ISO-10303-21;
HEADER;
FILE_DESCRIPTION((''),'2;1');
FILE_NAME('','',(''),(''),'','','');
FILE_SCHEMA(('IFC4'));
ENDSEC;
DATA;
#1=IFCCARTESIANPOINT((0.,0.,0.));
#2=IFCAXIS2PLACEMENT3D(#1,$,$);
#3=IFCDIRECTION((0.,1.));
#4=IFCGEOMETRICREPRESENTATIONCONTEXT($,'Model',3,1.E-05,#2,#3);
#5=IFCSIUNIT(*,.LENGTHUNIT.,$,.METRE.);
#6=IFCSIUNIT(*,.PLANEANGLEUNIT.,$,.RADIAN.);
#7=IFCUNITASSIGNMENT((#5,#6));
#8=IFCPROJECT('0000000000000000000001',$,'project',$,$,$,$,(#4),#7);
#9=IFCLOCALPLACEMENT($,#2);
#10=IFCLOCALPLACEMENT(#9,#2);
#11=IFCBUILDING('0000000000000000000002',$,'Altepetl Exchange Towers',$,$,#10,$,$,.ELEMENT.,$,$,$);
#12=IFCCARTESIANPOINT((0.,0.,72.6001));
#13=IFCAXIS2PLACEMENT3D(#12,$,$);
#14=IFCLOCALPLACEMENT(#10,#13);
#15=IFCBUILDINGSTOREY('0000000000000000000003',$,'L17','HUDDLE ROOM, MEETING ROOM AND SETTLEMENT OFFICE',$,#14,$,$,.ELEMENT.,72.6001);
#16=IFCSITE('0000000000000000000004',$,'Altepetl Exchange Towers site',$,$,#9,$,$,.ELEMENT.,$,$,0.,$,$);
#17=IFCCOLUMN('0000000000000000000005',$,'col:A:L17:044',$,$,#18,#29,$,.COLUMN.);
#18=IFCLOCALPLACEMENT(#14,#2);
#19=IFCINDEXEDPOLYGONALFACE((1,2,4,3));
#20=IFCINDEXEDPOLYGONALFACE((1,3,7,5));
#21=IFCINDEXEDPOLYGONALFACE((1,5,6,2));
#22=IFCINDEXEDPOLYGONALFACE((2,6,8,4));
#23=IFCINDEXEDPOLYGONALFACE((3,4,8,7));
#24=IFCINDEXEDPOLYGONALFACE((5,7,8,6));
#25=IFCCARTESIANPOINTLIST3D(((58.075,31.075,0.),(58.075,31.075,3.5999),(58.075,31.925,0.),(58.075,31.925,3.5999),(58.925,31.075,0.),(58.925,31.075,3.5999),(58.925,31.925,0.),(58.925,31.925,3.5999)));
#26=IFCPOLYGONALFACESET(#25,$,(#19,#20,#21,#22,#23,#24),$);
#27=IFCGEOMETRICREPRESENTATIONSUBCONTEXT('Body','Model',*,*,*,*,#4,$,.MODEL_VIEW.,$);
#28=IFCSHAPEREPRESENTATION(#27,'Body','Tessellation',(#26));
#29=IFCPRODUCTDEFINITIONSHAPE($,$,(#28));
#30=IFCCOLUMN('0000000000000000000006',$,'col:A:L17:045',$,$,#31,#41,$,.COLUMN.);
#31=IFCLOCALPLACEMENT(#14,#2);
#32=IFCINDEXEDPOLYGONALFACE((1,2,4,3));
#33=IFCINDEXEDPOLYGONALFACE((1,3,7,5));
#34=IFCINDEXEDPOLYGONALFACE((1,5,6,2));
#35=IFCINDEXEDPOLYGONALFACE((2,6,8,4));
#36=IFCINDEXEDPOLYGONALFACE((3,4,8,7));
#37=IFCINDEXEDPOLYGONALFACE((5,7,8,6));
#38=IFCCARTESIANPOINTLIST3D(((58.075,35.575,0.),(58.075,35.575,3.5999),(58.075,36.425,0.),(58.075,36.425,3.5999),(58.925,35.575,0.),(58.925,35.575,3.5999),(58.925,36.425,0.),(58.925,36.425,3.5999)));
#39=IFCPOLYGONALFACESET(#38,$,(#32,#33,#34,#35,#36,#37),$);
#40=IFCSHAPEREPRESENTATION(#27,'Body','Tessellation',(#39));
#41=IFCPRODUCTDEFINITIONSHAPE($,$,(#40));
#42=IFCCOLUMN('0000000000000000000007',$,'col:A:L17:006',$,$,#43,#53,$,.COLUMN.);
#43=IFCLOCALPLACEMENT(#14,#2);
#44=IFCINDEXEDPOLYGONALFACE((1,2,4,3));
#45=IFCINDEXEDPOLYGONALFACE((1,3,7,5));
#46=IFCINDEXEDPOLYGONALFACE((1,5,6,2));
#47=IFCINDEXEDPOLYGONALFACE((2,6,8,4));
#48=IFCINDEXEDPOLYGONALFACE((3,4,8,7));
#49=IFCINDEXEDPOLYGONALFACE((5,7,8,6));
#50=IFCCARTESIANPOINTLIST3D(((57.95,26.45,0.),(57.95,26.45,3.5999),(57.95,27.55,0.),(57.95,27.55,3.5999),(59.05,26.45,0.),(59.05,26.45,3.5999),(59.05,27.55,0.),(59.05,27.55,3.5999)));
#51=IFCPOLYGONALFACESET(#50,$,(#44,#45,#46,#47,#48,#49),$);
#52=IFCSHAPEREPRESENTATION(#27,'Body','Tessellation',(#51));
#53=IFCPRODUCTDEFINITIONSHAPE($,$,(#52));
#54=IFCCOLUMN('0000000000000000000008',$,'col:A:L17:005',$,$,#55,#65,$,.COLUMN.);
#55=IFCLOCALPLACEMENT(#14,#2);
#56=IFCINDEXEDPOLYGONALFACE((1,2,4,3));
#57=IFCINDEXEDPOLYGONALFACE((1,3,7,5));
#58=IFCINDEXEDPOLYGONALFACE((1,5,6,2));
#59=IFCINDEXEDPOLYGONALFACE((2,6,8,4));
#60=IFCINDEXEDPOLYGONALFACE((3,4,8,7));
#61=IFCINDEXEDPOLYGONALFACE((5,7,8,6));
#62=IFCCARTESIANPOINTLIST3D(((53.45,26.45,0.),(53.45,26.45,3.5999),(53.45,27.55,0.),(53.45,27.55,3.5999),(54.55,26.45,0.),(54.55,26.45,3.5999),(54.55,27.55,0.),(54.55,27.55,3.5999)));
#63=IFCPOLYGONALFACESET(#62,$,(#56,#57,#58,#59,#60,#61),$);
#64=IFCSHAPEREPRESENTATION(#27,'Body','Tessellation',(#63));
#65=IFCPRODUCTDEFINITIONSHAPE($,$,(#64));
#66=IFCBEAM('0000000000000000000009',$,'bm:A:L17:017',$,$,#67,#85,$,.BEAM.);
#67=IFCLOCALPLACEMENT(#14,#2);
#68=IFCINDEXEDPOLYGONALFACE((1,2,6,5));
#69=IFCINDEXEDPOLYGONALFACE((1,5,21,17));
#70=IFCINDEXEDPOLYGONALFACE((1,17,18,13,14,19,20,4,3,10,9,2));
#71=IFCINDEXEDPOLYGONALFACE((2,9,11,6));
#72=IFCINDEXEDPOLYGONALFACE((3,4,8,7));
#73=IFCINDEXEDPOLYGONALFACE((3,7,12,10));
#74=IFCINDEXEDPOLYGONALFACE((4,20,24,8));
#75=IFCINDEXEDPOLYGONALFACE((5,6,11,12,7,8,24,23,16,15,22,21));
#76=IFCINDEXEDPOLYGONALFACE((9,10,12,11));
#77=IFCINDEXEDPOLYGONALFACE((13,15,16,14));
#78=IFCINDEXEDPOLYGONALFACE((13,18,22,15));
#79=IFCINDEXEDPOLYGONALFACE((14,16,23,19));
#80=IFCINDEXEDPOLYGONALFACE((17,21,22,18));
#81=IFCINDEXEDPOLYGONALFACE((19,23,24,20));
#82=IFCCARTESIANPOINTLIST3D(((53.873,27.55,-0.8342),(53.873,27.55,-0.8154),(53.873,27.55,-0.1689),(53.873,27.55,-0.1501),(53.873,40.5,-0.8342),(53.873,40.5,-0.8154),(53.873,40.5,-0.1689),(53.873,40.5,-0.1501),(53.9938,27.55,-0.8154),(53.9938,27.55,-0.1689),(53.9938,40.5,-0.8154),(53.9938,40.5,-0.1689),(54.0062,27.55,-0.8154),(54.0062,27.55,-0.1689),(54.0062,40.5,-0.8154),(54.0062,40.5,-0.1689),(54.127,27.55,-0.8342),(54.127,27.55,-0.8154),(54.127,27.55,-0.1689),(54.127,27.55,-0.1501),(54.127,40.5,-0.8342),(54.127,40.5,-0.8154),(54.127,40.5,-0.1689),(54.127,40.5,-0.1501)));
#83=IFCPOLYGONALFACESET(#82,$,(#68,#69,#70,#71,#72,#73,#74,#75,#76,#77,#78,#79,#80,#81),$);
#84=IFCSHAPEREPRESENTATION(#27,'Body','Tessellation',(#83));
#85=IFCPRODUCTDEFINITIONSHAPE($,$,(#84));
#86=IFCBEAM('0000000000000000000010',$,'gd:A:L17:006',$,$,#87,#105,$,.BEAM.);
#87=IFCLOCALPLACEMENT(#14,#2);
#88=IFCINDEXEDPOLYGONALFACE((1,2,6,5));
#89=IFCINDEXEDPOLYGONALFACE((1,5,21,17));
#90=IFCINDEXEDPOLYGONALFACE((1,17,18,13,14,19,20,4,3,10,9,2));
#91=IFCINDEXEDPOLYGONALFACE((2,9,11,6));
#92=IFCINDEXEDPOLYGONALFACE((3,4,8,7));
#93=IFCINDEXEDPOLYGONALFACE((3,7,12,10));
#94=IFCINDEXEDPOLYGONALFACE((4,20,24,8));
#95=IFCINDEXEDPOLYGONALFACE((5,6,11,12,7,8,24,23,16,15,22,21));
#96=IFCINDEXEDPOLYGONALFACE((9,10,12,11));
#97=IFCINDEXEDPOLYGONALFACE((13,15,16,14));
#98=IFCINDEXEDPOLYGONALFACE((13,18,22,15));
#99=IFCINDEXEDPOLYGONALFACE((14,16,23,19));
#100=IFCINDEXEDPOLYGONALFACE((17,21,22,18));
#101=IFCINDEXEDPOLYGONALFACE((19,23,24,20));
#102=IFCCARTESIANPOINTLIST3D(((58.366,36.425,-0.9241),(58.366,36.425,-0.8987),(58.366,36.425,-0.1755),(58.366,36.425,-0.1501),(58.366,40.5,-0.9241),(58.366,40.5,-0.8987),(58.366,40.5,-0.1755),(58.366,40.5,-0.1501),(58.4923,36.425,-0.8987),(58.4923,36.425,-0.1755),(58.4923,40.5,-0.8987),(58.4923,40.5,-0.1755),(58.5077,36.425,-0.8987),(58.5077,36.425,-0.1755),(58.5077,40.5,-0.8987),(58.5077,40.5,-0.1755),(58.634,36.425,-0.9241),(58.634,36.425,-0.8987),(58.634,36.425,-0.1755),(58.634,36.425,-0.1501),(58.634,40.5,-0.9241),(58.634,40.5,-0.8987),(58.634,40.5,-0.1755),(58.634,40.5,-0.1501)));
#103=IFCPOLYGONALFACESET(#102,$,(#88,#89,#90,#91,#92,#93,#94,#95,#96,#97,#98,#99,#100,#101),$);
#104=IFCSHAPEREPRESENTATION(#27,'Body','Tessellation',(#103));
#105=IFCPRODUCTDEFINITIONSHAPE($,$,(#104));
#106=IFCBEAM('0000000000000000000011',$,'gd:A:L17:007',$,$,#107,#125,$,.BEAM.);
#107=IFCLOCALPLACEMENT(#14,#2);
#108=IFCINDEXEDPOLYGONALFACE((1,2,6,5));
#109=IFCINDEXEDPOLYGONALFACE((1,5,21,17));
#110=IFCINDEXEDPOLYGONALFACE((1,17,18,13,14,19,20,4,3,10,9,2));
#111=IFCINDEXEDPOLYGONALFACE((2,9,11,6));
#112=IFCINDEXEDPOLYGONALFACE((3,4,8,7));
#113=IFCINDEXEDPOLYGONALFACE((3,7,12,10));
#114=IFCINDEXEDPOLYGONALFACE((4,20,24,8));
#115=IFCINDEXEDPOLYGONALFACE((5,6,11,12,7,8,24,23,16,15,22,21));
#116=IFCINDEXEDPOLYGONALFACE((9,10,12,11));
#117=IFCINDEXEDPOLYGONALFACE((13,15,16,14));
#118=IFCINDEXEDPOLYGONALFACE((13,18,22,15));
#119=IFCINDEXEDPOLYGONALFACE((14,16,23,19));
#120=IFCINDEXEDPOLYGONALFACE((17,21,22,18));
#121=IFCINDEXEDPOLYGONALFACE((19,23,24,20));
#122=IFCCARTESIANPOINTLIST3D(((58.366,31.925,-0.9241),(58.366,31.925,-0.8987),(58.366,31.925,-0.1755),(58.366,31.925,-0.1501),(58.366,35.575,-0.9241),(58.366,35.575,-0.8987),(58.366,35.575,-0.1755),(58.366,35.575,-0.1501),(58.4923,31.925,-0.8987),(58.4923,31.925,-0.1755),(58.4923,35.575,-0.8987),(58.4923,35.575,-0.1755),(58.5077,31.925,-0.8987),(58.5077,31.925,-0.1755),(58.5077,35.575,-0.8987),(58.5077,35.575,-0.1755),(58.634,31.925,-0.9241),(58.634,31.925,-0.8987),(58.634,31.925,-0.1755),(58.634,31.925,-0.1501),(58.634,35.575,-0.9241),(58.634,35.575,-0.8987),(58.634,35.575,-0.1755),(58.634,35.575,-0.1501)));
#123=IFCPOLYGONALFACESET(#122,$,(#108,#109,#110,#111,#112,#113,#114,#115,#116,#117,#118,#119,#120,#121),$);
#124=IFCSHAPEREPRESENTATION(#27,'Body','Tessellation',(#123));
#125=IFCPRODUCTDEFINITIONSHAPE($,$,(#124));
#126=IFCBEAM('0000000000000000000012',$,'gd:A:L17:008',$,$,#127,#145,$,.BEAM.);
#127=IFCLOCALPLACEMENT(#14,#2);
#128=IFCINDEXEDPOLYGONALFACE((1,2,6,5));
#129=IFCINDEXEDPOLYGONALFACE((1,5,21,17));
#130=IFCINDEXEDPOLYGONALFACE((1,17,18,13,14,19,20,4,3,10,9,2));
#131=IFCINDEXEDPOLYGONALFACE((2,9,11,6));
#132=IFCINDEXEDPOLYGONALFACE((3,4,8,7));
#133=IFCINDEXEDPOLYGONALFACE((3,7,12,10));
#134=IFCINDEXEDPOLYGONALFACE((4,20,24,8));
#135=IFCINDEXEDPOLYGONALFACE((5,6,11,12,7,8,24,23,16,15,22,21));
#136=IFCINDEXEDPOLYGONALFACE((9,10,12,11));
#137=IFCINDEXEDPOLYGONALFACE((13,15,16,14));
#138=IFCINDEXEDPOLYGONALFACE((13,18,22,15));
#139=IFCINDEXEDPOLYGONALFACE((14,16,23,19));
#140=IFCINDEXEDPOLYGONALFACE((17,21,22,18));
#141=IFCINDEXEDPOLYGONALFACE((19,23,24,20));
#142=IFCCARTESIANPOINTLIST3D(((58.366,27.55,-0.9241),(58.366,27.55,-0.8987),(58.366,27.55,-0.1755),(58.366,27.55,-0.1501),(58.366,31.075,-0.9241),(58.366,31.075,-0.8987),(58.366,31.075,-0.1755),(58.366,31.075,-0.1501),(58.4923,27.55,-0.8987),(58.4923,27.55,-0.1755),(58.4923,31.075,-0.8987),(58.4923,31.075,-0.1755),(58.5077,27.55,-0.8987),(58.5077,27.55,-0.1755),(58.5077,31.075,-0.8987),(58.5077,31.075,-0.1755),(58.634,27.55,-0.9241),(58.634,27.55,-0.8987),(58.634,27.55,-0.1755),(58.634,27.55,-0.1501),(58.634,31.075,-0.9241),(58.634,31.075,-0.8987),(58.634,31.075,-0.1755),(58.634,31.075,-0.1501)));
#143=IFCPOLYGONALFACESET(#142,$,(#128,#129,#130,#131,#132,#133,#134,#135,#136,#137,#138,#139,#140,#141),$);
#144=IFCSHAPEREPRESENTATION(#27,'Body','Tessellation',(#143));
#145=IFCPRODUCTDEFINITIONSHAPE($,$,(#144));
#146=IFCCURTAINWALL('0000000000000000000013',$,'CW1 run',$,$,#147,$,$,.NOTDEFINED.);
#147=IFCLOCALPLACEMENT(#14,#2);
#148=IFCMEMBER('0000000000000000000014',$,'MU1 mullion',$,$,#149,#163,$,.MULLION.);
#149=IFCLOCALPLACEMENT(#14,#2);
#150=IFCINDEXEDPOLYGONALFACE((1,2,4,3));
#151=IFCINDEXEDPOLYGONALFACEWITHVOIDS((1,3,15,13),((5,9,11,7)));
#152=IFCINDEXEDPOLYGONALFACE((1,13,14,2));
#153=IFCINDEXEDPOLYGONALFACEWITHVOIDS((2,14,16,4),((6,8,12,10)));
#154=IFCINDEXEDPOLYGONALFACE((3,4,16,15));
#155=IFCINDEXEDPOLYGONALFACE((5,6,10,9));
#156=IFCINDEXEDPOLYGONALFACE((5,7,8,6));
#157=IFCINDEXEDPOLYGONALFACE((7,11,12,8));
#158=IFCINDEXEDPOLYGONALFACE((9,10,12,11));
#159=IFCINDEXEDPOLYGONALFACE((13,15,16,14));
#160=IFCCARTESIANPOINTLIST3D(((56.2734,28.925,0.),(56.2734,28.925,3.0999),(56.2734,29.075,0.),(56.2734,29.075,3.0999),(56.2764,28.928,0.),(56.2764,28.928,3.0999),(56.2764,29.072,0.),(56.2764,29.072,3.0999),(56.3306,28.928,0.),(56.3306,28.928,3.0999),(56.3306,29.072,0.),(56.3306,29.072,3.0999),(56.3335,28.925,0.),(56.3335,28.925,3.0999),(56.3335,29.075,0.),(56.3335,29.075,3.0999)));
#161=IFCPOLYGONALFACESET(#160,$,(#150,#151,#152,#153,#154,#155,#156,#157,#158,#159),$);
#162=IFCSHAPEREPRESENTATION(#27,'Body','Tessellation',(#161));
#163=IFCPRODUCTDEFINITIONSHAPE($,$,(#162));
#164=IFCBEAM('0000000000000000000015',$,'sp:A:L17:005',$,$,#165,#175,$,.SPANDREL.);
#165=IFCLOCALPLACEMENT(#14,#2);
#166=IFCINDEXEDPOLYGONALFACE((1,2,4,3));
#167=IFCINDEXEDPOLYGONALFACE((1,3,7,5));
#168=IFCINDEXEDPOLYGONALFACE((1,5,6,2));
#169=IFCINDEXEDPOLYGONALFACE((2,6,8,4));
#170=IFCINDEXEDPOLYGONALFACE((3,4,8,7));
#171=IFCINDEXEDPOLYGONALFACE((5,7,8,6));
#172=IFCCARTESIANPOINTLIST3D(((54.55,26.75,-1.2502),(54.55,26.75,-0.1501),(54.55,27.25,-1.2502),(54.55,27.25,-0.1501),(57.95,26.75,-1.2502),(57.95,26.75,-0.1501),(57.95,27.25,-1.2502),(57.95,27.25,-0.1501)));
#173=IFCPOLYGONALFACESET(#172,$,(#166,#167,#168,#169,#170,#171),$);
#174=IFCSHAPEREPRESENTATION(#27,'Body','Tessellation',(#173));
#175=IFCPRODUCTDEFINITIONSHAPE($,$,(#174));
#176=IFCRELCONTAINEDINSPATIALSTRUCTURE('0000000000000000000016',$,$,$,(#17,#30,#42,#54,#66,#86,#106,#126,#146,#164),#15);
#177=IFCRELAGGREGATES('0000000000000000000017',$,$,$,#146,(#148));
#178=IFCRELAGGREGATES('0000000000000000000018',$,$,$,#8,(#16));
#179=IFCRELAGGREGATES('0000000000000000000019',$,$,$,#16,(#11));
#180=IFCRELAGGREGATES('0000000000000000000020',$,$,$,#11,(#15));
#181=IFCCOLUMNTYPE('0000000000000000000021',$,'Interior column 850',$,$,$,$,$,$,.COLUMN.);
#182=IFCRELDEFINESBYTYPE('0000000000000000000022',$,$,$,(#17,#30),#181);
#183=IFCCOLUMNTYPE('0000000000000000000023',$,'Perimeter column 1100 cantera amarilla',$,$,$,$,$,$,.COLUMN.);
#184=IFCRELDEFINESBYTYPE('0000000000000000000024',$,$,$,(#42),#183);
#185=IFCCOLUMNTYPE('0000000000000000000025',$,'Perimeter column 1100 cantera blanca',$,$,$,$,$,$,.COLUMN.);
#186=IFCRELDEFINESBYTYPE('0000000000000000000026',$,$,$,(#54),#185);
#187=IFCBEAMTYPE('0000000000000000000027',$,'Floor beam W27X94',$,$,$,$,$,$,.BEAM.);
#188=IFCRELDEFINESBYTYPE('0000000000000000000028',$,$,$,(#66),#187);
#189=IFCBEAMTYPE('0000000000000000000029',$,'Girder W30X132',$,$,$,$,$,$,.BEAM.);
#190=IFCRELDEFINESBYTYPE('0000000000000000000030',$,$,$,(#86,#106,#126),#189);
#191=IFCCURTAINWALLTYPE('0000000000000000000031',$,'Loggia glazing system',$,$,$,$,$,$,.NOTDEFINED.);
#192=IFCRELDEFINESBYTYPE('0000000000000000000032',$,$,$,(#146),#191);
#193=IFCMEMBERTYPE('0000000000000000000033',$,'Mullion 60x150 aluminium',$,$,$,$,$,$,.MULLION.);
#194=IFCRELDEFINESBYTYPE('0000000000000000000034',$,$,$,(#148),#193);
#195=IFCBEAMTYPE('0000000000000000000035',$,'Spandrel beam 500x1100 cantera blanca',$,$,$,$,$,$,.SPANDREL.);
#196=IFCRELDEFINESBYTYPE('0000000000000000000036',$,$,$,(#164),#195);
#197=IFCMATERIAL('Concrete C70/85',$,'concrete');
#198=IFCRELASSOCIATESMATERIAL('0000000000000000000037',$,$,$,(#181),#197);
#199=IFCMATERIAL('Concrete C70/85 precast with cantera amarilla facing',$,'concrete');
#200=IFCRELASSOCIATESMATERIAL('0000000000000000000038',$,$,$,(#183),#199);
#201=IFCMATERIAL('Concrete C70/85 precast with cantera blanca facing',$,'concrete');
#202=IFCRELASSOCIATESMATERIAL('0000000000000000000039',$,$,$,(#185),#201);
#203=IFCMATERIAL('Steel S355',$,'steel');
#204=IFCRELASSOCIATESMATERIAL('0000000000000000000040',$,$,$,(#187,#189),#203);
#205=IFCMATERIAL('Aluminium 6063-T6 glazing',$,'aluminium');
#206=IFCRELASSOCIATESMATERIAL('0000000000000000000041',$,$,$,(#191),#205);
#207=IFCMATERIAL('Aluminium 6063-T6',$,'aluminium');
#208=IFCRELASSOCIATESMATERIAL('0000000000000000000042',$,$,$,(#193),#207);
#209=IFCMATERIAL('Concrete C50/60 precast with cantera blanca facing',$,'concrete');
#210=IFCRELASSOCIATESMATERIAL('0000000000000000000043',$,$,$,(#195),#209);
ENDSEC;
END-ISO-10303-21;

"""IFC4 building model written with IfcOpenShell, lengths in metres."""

from ifc_helpers import new_model, si_unit, direction, frame, origin, origin_2d, place, context, subcontext, project, spatial, rectangle, hollow_rectangle, i_section, extrude, material, material_profile, profile_set, type_object, element, aggregate, save


model = new_model("IFC4")

# Units and contexts
model_context = context("Model", 3, precision=1e-05, world=origin(), true_north=direction((0.0, 1.0)))
body_context = subcontext(model_context, "Body", "Model", "MODEL_VIEW")
ifc_project = project(units=[si_unit("LENGTHUNIT", "METRE"), si_unit("PLANEANGLEUNIT", "RADIAN")], contexts=[model_context])

# Site, building, storey
site_placement = place(None, origin())
site = spatial("IfcSite", under=ifc_project, at=site_placement, Name="Altepetl Exchange Towers site", CompositionType="ELEMENT", RefElevation=0.0)
building_placement = place(site_placement, origin())
building = spatial("IfcBuilding", under=site, at=building_placement, Name="Altepetl Exchange Towers", CompositionType="ELEMENT")
storey_placement = place(building_placement, frame((0.0, 0.0, 72.6001)))
storey = spatial("IfcBuildingStorey", under=building, at=storey_placement, Name="L17", Description="HUDDLE ROOM, MEETING ROOM AND SETTLEMENT OFFICE", CompositionType="ELEMENT", Elevation=72.6001)

# Columns
ifc_material_1 = material(Name="Concrete C70/85", Category="concrete")
ifc_material_profile_1 = material_profile(ifc_material_1, rectangle(XDim=0.8501, YDim=0.8501, at=origin_2d()), Name="850 x 850")
ifc_profile_set_1 = profile_set([ifc_material_profile_1], Name="Concrete C70/85")
column_type_1 = type_object("IfcColumnType", Name="Interior column 850", PredefinedType="COLUMN", material=ifc_profile_set_1)
for number, where, name in (
    (1, (58.5, 31.5, 0.0), "col:A:L17:044"),
    (2, (58.5, 36.0, 0.0), "col:A:L17:045"),
):
    element("IfcColumn", number, at=place(storey_placement, frame(where)), inside=storey, type_object=column_type_1, Name=name, PredefinedType="COLUMN", context=body_context, shape_type="SweptSolid", body=[
        extrude(rectangle(XDim=0.8501, YDim=0.8501, at=origin_2d()), origin(), (0.0, 0.0, 1.0), 3.5999),
    ])
ifc_material_2 = material(Name="Concrete C70/85 precast with cantera amarilla facing", Category="concrete")
ifc_material_profile_2 = material_profile(ifc_material_2, rectangle(XDim=1.1001, YDim=1.1001, at=origin_2d()), Name="1100 x 1100")
ifc_profile_set_2 = profile_set([ifc_material_profile_2], Name="Concrete C70/85 precast with cantera amarilla facing")
column_type_2 = type_object("IfcColumnType", Name="Perimeter column 1100 cantera amarilla", PredefinedType="COLUMN", material=ifc_profile_set_2)
column_1_placement = place(storey_placement, frame((58.5, 27.0, 0.0)))
element("IfcColumn", 3, at=column_1_placement, inside=storey, type_object=column_type_2, Name="col:A:L17:006", PredefinedType="COLUMN", context=body_context, shape_type="SweptSolid", body=[
    extrude(rectangle(XDim=1.1001, YDim=1.1001, at=origin_2d()), origin(), (0.0, 0.0, 1.0), 3.5999),
])
ifc_material_3 = material(Name="Concrete C70/85 precast with cantera blanca facing", Category="concrete")
ifc_material_profile_3 = material_profile(ifc_material_3, rectangle(XDim=1.1001, YDim=1.1001, at=origin_2d()), Name="1100 x 1100")
ifc_profile_set_3 = profile_set([ifc_material_profile_3], Name="Concrete C70/85 precast with cantera blanca facing")
column_type_3 = type_object("IfcColumnType", Name="Perimeter column 1100 cantera blanca", PredefinedType="COLUMN", material=ifc_profile_set_3)
column_2_placement = place(storey_placement, frame((54.0, 27.0, 0.0)))
element("IfcColumn", 4, at=column_2_placement, inside=storey, type_object=column_type_3, Name="col:A:L17:005", PredefinedType="COLUMN", context=body_context, shape_type="SweptSolid", body=[
    extrude(rectangle(XDim=1.1001, YDim=1.1001, at=origin_2d()), origin(), (0.0, 0.0, 1.0), 3.5999),
])

# Beams
ifc_material_4 = material(Name="Steel S355", Category="steel")
ifc_material_profile_4 = material_profile(ifc_material_4, i_section(OverallWidth=0.2539, OverallDepth=0.6841, WebThickness=0.0125, FlangeThickness=0.0188, at=origin_2d()), Name="W27X94")
ifc_profile_set_4 = profile_set([ifc_material_profile_4], Name="Steel S355")
beam_type_1 = type_object("IfcBeamType", Name="Floor beam W27X94", PredefinedType="BEAM", material=ifc_profile_set_4)
beam_1_placement = place(storey_placement, frame((54.0, 27.55, -0.4922), z_axis=(0.0, 1.0, 0.0), x_axis=(-1.0, 0.0, 0.0)))
element("IfcBeam", 5, at=beam_1_placement, inside=storey, type_object=beam_type_1, Name="bm:A:L17:017", PredefinedType="BEAM", context=body_context, shape_type="SweptSolid", body=[
    extrude(i_section(OverallWidth=0.2539, OverallDepth=0.6841, WebThickness=0.0125, FlangeThickness=0.0188, at=origin_2d()), origin(), (0.0, 0.0, 1.0), 12.95),
])
ifc_material_profile_5 = material_profile(ifc_material_4, i_section(OverallWidth=0.2681, OverallDepth=0.7739, WebThickness=0.0154, FlangeThickness=0.0254, at=origin_2d()), Name="W30X132")
ifc_profile_set_5 = profile_set([ifc_material_profile_5], Name="Steel S355")
beam_type_2 = type_object("IfcBeamType", Name="Girder W30X132", PredefinedType="BEAM", material=ifc_profile_set_5)
beam_2_placement = place(storey_placement, frame((58.5, 40.5, -0.5371), z_axis=(0.0, -1.0, 0.0), x_axis=(1.0, 0.0, 0.0)))
element("IfcBeam", 6, at=beam_2_placement, inside=storey, type_object=beam_type_2, Name="gd:A:L17:006", PredefinedType="BEAM", context=body_context, shape_type="SweptSolid", body=[
    extrude(i_section(OverallWidth=0.2681, OverallDepth=0.7739, WebThickness=0.0154, FlangeThickness=0.0254, at=origin_2d()), origin(), (0.0, 0.0, 1.0), 4.075),
])
beam_3_placement = place(storey_placement, frame((58.5, 35.575, -0.5371), z_axis=(0.0, -1.0, 0.0), x_axis=(1.0, 0.0, 0.0)))
element("IfcBeam", 7, at=beam_3_placement, inside=storey, type_object=beam_type_2, Name="gd:A:L17:007", PredefinedType="BEAM", context=body_context, shape_type="SweptSolid", body=[
    extrude(i_section(OverallWidth=0.2681, OverallDepth=0.7739, WebThickness=0.0154, FlangeThickness=0.0254, at=origin_2d()), origin(), (0.0, 0.0, 1.0), 3.6499),
])
beam_4_placement = place(storey_placement, frame((58.5, 31.075, -0.5371), z_axis=(0.0, -1.0, 0.0), x_axis=(1.0, 0.0, 0.0)))
element("IfcBeam", 8, at=beam_4_placement, inside=storey, type_object=beam_type_2, Name="gd:A:L17:008", PredefinedType="BEAM", context=body_context, shape_type="SweptSolid", body=[
    extrude(i_section(OverallWidth=0.2681, OverallDepth=0.7739, WebThickness=0.0154, FlangeThickness=0.0254, at=origin_2d()), origin(), (0.0, 0.0, 1.0), 3.5249),
])

# Curtain wall, member
ifc_material_5 = material(Name="Aluminium 6063-T6 glazing", Category="aluminium")
curtain_wall_type = type_object("IfcCurtainWallType", Name="Loggia glazing system", PredefinedType="NOTDEFINED", material=ifc_material_5)
curtain_wall_placement = place(storey_placement, origin())
curtain_wall = element("IfcCurtainWall", 9, at=curtain_wall_placement, inside=storey, type_object=curtain_wall_type, Name="CW1 run", PredefinedType="NOTDEFINED")
ifc_material_6 = material(Name="Aluminium 6063-T6", Category="aluminium")
ifc_material_profile_6 = material_profile(ifc_material_6, hollow_rectangle(XDim=0.0601, YDim=0.1499, WallThickness=0.0029, at=origin_2d()), Name="Mullion 60x150 aluminium")
ifc_profile_set_6 = profile_set([ifc_material_profile_6], Name="Aluminium 6063-T6")
member_type = type_object("IfcMemberType", Name="Mullion 60x150 aluminium", PredefinedType="MULLION", material=ifc_profile_set_6)
member_placement = place(storey_placement, frame((56.3035, 29.0, 0.0)))
member = element("IfcMember", 10, at=member_placement, type_object=member_type, Name="MU1 mullion", PredefinedType="MULLION", context=body_context, shape_type="SweptSolid", body=[
    extrude(hollow_rectangle(XDim=0.0601, YDim=0.1499, WallThickness=0.0029, at=origin_2d()), origin(), (0.0, 0.0, 1.0), 3.0999),
])

# Beam
ifc_material_7 = material(Name="Concrete C50/60 precast with cantera blanca facing", Category="concrete")
ifc_material_profile_7 = material_profile(ifc_material_7, rectangle(XDim=0.5, YDim=1.1001, at=origin_2d()), Name="500 x 1100")
ifc_profile_set_7 = profile_set([ifc_material_profile_7], Name="Concrete C50/60 precast with cantera blanca facing")
beam_type_3 = type_object("IfcBeamType", Name="Spandrel beam 500x1100 cantera blanca", PredefinedType="SPANDREL", material=ifc_profile_set_7)
beam_5_placement = place(storey_placement, frame((54.55, 27.0, -0.7002), z_axis=(1.0, 0.0, 0.0), x_axis=(0.0, 1.0, 0.0)))
element("IfcBeam", 11, at=beam_5_placement, inside=storey, type_object=beam_type_3, Name="sp:A:L17:005", PredefinedType="SPANDREL", context=body_context, shape_type="SweptSolid", body=[
    extrude(rectangle(XDim=0.5, YDim=1.1001, at=origin_2d()), origin(), (0.0, 0.0, 1.0), 3.3999),
])

aggregate(curtain_wall, [member])

save(model, "model.ifc")
